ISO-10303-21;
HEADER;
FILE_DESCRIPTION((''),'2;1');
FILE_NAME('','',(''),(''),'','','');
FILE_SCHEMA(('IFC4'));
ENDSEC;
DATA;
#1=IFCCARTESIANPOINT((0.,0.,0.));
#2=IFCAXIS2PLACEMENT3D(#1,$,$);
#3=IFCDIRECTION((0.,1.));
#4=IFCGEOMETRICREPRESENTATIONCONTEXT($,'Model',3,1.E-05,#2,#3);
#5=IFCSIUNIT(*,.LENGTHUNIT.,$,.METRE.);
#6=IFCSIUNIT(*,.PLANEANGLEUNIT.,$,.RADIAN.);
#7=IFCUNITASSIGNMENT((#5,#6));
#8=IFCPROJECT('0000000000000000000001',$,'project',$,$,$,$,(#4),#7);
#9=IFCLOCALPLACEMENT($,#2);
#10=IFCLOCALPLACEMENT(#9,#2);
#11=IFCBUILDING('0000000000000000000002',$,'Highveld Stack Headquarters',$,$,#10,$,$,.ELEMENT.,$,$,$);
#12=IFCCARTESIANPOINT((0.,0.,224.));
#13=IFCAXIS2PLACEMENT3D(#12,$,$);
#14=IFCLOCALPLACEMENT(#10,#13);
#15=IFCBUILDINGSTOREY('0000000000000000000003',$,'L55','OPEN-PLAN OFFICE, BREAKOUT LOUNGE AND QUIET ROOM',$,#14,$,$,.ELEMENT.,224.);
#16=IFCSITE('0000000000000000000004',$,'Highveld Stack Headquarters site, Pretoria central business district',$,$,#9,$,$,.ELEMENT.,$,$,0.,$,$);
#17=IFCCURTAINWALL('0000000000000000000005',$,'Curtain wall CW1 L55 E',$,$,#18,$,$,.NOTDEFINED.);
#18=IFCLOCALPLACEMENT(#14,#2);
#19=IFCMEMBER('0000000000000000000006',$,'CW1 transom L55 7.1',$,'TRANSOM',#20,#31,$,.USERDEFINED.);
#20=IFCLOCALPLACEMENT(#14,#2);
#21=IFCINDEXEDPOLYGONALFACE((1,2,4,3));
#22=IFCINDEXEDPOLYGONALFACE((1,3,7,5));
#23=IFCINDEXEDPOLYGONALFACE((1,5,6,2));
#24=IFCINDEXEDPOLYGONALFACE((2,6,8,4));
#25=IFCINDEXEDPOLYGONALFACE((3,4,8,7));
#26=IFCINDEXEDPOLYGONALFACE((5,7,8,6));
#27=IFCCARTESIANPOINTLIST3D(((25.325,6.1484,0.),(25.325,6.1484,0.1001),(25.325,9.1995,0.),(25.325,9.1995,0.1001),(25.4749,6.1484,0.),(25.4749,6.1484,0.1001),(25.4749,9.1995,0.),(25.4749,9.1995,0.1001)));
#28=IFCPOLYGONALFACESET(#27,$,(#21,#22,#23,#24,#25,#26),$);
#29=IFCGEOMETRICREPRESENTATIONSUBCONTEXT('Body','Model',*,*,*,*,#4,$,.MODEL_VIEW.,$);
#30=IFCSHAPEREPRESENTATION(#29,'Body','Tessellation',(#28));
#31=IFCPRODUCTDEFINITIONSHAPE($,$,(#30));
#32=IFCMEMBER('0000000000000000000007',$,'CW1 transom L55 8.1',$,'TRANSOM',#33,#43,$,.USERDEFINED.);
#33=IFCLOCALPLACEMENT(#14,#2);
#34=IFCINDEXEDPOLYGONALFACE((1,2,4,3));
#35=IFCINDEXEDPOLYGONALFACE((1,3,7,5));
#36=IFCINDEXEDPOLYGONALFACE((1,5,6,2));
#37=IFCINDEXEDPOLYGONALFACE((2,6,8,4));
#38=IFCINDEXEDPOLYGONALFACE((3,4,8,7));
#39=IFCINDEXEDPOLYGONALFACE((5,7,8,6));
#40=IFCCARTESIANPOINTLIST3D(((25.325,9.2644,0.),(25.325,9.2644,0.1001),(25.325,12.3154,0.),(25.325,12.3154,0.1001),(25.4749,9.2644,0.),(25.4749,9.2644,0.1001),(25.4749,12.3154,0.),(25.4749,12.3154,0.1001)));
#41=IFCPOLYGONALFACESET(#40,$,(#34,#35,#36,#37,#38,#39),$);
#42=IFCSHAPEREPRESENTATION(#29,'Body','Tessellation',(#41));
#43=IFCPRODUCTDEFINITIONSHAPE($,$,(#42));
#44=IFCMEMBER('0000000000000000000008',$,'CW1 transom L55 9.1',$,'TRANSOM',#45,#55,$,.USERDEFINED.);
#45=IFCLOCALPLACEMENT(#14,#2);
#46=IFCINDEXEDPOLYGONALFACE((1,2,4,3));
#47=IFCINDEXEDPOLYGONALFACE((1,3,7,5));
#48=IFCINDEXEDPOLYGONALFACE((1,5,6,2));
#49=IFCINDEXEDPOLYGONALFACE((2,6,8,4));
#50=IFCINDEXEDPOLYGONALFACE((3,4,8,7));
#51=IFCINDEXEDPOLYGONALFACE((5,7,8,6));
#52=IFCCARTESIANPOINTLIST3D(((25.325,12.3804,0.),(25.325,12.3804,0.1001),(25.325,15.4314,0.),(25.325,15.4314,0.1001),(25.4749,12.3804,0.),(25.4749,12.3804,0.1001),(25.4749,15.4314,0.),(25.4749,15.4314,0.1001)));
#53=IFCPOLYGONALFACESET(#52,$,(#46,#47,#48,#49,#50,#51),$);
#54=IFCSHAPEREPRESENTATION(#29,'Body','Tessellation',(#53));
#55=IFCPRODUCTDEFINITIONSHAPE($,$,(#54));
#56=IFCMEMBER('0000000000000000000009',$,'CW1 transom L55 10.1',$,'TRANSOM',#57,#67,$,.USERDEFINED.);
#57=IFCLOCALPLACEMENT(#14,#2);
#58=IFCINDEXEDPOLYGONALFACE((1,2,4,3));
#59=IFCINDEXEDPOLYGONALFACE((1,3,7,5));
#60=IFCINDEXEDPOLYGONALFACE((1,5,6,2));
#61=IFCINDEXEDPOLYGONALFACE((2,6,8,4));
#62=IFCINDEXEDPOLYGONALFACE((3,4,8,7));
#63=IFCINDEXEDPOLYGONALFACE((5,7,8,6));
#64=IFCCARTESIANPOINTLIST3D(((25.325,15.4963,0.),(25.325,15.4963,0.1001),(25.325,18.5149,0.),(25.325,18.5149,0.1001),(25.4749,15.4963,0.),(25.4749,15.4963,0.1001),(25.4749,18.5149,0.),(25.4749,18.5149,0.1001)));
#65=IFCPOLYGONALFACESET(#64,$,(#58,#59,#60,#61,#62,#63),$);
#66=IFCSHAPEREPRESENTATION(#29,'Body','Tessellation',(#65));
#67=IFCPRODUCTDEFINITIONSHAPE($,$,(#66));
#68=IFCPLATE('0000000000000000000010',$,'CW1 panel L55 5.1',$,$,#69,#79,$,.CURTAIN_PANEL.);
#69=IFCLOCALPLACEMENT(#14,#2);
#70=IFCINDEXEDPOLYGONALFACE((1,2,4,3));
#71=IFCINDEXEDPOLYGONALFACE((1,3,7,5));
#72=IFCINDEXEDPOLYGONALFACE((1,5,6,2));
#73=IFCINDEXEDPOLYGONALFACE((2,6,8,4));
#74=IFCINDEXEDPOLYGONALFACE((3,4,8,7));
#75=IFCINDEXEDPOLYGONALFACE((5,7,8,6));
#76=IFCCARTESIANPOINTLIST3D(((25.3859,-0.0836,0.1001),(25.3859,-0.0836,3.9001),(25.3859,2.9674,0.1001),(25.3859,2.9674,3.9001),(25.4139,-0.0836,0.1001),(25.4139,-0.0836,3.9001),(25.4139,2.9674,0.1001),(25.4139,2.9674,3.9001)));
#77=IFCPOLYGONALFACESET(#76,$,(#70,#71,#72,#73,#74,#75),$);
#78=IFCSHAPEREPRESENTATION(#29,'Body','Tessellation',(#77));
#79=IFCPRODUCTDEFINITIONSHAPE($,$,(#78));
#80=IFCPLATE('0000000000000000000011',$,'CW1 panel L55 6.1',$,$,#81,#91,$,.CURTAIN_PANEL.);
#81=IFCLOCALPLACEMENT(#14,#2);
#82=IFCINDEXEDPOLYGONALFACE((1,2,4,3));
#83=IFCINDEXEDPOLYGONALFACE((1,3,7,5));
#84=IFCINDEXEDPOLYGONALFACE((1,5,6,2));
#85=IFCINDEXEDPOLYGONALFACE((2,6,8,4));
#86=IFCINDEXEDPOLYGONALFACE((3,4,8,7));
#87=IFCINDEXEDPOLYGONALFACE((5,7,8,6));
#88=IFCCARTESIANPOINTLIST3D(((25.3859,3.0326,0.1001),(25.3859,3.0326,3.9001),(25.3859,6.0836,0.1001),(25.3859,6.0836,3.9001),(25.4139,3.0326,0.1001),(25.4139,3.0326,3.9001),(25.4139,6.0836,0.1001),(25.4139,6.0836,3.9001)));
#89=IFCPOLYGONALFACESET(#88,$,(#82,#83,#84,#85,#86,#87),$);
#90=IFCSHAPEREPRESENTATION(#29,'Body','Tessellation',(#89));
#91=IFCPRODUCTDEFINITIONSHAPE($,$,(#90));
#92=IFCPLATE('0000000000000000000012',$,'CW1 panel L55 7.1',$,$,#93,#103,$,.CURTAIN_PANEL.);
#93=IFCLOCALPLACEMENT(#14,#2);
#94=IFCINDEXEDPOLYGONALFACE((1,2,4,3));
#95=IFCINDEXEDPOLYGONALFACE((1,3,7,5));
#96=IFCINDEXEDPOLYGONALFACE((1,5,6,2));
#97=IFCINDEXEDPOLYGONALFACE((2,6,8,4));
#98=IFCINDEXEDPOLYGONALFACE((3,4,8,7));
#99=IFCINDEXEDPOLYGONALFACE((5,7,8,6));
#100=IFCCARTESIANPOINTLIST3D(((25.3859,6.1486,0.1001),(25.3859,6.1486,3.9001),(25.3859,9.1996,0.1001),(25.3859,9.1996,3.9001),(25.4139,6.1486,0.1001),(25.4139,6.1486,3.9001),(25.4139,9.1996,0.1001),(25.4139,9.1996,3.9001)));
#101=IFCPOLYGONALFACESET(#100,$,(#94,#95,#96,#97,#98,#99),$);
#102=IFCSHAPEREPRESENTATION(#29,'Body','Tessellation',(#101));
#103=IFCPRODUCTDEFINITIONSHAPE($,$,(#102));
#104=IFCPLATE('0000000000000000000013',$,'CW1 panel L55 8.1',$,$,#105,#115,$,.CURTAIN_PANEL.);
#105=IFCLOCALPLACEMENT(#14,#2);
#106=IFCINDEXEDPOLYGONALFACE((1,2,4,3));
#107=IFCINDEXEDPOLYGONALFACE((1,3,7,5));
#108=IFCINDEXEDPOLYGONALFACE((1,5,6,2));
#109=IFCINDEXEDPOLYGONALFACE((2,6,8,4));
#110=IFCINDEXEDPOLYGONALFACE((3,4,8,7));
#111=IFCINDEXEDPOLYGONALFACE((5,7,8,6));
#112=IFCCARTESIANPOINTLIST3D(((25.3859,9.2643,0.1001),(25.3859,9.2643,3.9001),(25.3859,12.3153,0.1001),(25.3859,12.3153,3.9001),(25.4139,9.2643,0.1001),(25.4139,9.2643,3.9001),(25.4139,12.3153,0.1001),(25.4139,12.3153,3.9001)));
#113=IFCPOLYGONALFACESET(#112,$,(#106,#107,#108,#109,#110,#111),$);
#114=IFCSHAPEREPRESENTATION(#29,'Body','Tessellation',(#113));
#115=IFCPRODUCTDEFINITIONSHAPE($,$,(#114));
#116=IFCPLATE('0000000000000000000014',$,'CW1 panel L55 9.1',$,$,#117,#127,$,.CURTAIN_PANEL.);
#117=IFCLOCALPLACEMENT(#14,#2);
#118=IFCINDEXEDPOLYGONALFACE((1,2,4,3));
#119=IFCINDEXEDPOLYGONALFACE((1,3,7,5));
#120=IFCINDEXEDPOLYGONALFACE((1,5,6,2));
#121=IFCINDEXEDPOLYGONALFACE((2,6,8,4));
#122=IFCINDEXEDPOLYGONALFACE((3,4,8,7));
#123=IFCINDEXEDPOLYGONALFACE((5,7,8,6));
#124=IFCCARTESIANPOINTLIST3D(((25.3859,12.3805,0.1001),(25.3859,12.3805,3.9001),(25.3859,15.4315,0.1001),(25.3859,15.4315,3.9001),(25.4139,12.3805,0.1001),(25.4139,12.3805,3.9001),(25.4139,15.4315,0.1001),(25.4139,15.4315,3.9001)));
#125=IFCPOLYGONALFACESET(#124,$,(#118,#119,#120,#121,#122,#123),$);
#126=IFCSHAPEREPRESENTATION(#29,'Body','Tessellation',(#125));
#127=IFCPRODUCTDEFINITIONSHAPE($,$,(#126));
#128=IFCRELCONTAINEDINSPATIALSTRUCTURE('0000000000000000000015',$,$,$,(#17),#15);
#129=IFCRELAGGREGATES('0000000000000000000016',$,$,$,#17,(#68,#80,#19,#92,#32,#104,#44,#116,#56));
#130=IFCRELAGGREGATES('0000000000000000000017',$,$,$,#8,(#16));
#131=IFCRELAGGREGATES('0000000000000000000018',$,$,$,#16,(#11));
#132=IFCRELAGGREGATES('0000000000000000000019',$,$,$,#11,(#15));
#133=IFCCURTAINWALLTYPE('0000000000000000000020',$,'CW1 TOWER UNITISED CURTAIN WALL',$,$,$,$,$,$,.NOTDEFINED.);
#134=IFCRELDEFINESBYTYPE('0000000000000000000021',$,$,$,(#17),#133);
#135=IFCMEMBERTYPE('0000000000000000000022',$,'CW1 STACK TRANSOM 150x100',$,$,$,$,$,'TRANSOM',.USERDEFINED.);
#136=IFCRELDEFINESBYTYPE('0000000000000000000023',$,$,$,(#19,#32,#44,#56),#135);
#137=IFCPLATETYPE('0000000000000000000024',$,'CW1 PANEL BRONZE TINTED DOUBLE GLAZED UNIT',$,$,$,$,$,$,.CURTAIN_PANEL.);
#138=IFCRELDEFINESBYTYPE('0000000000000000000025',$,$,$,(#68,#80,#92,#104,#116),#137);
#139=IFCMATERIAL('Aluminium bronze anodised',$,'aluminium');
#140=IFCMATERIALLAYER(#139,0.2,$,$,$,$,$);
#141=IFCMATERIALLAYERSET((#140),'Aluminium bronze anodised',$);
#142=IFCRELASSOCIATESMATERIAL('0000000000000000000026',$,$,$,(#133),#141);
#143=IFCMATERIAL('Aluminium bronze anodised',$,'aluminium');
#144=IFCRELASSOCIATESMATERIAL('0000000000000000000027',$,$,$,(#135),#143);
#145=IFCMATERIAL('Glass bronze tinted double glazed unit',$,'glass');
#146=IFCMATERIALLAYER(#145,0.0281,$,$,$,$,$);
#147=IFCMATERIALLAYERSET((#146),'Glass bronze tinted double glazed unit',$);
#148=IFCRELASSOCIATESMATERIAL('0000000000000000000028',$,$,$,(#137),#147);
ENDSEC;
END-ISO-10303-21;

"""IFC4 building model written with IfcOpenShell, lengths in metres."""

from ifc_helpers import new_model, si_unit, direction, frame, origin, origin_2d, place, context, subcontext, project, spatial, rectangle, extrude, material, layer, layer_set, material_profile, profile_set, type_object, element, aggregate, save


model = new_model("IFC4")

# Units and contexts
model_context = context("Model", 3, precision=1e-05, world=origin(), true_north=direction((0.0, 1.0)))
body_context = subcontext(model_context, "Body", "Model", "MODEL_VIEW")
ifc_project = project(units=[si_unit("LENGTHUNIT", "METRE"), si_unit("PLANEANGLEUNIT", "RADIAN")], contexts=[model_context])

# Site, building, storey
site_placement = place(None, origin())
site = spatial("IfcSite", under=ifc_project, at=site_placement, Name="Highveld Stack Headquarters site, Pretoria central business district", CompositionType="ELEMENT", RefElevation=0.0)
building_placement = place(site_placement, origin())
building = spatial("IfcBuilding", under=site, at=building_placement, Name="Highveld Stack Headquarters", CompositionType="ELEMENT")
storey_placement = place(building_placement, frame((0.0, 0.0, 224.0)))
storey = spatial("IfcBuildingStorey", under=building, at=storey_placement, Name="L55", Description="OPEN-PLAN OFFICE, BREAKOUT LOUNGE AND QUIET ROOM", CompositionType="ELEMENT", Elevation=224.0)

# Curtain wall, members, plates
ifc_material_1 = material(Name="Aluminium bronze anodised", Category="aluminium")
ifc_layer_1 = layer(ifc_material_1, 0.2)
ifc_layer_set_1 = layer_set([ifc_layer_1], Name="Aluminium bronze anodised")
curtain_wall_type = type_object("IfcCurtainWallType", Name="CW1 TOWER UNITISED CURTAIN WALL", PredefinedType="NOTDEFINED", material=ifc_layer_set_1)
curtain_wall_placement = place(storey_placement, origin())
curtain_wall = element("IfcCurtainWall", 1, at=curtain_wall_placement, inside=storey, type_object=curtain_wall_type, Name="Curtain wall CW1 L55 E", PredefinedType="NOTDEFINED")
ifc_material_2 = material(Name="Aluminium bronze anodised", Category="aluminium")
ifc_material_profile_1 = material_profile(ifc_material_2, rectangle(XDim=0.1499, YDim=0.1001, at=origin_2d()), Name="CW1 TRANSOM 150x100")
ifc_profile_set_1 = profile_set([ifc_material_profile_1], Name="Aluminium bronze anodised")
member_type_1 = type_object("IfcMemberType", Name="CW1 STACK TRANSOM 150x100", ElementType="TRANSOM", PredefinedType="USERDEFINED", material=ifc_profile_set_1)
member_1_placement = place(storey_placement, frame((25.3999, 6.1484, 0.05), z_axis=(0.0, 1.0, 0.0), x_axis=(-1.0, 0.0, 0.0)))
member_1 = element("IfcMember", 2, at=member_1_placement, type_object=member_type_1, Name="CW1 transom L55 7.1", ObjectType="TRANSOM", PredefinedType="USERDEFINED", context=body_context, shape_type="SweptSolid", body=[
    extrude(rectangle(XDim=0.1499, YDim=0.1001, at=origin_2d()), origin(), (0.0, 0.0, 1.0), 3.051),
])
member_2_placement = place(storey_placement, frame((25.3999, 9.2644, 0.05), z_axis=(0.0, 1.0, 0.0), x_axis=(-1.0, 0.0, 0.0)))
member_2 = element("IfcMember", 3, at=member_2_placement, type_object=member_type_1, Name="CW1 transom L55 8.1", ObjectType="TRANSOM", PredefinedType="USERDEFINED", context=body_context, shape_type="SweptSolid", body=[
    extrude(rectangle(XDim=0.1499, YDim=0.1001, at=origin_2d()), origin(), (0.0, 0.0, 1.0), 3.051),
])
member_3_placement = place(storey_placement, frame((25.3999, 12.3804, 0.05), z_axis=(0.0, 1.0, 0.0), x_axis=(-1.0, 0.0, 0.0)))
member_3 = element("IfcMember", 4, at=member_3_placement, type_object=member_type_1, Name="CW1 transom L55 9.1", ObjectType="TRANSOM", PredefinedType="USERDEFINED", context=body_context, shape_type="SweptSolid", body=[
    extrude(rectangle(XDim=0.1499, YDim=0.1001, at=origin_2d()), origin(), (0.0, 0.0, 1.0), 3.051),
])
member_4_placement = place(storey_placement, frame((25.3999, 15.4963, 0.05), z_axis=(0.0, 1.0, 0.0), x_axis=(-1.0, 0.0, 0.0)))
member_4 = element("IfcMember", 5, at=member_4_placement, type_object=member_type_1, Name="CW1 transom L55 10.1", ObjectType="TRANSOM", PredefinedType="USERDEFINED", context=body_context, shape_type="SweptSolid", body=[
    extrude(rectangle(XDim=0.1499, YDim=0.1001, at=origin_2d()), origin(), (0.0, 0.0, 1.0), 3.0186),
])
ifc_material_3 = material(Name="Glass bronze tinted double glazed unit", Category="glass")
ifc_layer_2 = layer(ifc_material_3, 0.0281)
ifc_layer_set_2 = layer_set([ifc_layer_2], Name="Glass bronze tinted double glazed unit")
plate_type = type_object("IfcPlateType", Name="CW1 PANEL BRONZE TINTED DOUBLE GLAZED UNIT", PredefinedType="CURTAIN_PANEL", material=ifc_layer_set_2)
plate_1_placement = place(storey_placement, frame((25.3999, 1.4419, 0.1001), z_axis=(0.0, 0.0, 1.0), x_axis=(0.0, 1.0, 0.0)))
plate_1 = element("IfcPlate", 6, at=plate_1_placement, type_object=plate_type, Name="CW1 panel L55 5.1", PredefinedType="CURTAIN_PANEL", context=body_context, shape_type="SweptSolid", body=[
    extrude(rectangle(XDim=3.051, YDim=0.0281, at=origin_2d()), origin(), (0.0, 0.0, 1.0), 3.8),
])
plate_2_placement = place(storey_placement, frame((25.3999, 4.5581, 0.1001), z_axis=(0.0, 0.0, 1.0), x_axis=(0.0, 1.0, 0.0)))
plate_2 = element("IfcPlate", 7, at=plate_2_placement, type_object=plate_type, Name="CW1 panel L55 6.1", PredefinedType="CURTAIN_PANEL", context=body_context, shape_type="SweptSolid", body=[
    extrude(rectangle(XDim=3.051, YDim=0.0281, at=origin_2d()), origin(), (0.0, 0.0, 1.0), 3.8),
])
plate_3_placement = place(storey_placement, frame((25.3999, 7.6741, 0.1001), z_axis=(0.0, 0.0, 1.0), x_axis=(0.0, 1.0, 0.0)))
plate_3 = element("IfcPlate", 8, at=plate_3_placement, type_object=plate_type, Name="CW1 panel L55 7.1", PredefinedType="CURTAIN_PANEL", context=body_context, shape_type="SweptSolid", body=[
    extrude(rectangle(XDim=3.051, YDim=0.0281, at=origin_2d()), origin(), (0.0, 0.0, 1.0), 3.8),
])
plate_4_placement = place(storey_placement, frame((25.3999, 10.7898, 0.1001), z_axis=(0.0, 0.0, 1.0), x_axis=(0.0, 1.0, 0.0)))
plate_4 = element("IfcPlate", 9, at=plate_4_placement, type_object=plate_type, Name="CW1 panel L55 8.1", PredefinedType="CURTAIN_PANEL", context=body_context, shape_type="SweptSolid", body=[
    extrude(rectangle(XDim=3.051, YDim=0.0281, at=origin_2d()), origin(), (0.0, 0.0, 1.0), 3.8),
])
plate_5_placement = place(storey_placement, frame((25.3999, 13.906, 0.1001), z_axis=(0.0, 0.0, 1.0), x_axis=(0.0, 1.0, 0.0)))
plate_5 = element("IfcPlate", 10, at=plate_5_placement, type_object=plate_type, Name="CW1 panel L55 9.1", PredefinedType="CURTAIN_PANEL", context=body_context, shape_type="SweptSolid", body=[
    extrude(rectangle(XDim=3.051, YDim=0.0281, at=origin_2d()), origin(), (0.0, 0.0, 1.0), 3.8),
])
aggregate(curtain_wall, [plate_1, plate_2, member_1, plate_3, member_2, plate_4, member_3, plate_5, member_4])

save(model, "model.ifc")
